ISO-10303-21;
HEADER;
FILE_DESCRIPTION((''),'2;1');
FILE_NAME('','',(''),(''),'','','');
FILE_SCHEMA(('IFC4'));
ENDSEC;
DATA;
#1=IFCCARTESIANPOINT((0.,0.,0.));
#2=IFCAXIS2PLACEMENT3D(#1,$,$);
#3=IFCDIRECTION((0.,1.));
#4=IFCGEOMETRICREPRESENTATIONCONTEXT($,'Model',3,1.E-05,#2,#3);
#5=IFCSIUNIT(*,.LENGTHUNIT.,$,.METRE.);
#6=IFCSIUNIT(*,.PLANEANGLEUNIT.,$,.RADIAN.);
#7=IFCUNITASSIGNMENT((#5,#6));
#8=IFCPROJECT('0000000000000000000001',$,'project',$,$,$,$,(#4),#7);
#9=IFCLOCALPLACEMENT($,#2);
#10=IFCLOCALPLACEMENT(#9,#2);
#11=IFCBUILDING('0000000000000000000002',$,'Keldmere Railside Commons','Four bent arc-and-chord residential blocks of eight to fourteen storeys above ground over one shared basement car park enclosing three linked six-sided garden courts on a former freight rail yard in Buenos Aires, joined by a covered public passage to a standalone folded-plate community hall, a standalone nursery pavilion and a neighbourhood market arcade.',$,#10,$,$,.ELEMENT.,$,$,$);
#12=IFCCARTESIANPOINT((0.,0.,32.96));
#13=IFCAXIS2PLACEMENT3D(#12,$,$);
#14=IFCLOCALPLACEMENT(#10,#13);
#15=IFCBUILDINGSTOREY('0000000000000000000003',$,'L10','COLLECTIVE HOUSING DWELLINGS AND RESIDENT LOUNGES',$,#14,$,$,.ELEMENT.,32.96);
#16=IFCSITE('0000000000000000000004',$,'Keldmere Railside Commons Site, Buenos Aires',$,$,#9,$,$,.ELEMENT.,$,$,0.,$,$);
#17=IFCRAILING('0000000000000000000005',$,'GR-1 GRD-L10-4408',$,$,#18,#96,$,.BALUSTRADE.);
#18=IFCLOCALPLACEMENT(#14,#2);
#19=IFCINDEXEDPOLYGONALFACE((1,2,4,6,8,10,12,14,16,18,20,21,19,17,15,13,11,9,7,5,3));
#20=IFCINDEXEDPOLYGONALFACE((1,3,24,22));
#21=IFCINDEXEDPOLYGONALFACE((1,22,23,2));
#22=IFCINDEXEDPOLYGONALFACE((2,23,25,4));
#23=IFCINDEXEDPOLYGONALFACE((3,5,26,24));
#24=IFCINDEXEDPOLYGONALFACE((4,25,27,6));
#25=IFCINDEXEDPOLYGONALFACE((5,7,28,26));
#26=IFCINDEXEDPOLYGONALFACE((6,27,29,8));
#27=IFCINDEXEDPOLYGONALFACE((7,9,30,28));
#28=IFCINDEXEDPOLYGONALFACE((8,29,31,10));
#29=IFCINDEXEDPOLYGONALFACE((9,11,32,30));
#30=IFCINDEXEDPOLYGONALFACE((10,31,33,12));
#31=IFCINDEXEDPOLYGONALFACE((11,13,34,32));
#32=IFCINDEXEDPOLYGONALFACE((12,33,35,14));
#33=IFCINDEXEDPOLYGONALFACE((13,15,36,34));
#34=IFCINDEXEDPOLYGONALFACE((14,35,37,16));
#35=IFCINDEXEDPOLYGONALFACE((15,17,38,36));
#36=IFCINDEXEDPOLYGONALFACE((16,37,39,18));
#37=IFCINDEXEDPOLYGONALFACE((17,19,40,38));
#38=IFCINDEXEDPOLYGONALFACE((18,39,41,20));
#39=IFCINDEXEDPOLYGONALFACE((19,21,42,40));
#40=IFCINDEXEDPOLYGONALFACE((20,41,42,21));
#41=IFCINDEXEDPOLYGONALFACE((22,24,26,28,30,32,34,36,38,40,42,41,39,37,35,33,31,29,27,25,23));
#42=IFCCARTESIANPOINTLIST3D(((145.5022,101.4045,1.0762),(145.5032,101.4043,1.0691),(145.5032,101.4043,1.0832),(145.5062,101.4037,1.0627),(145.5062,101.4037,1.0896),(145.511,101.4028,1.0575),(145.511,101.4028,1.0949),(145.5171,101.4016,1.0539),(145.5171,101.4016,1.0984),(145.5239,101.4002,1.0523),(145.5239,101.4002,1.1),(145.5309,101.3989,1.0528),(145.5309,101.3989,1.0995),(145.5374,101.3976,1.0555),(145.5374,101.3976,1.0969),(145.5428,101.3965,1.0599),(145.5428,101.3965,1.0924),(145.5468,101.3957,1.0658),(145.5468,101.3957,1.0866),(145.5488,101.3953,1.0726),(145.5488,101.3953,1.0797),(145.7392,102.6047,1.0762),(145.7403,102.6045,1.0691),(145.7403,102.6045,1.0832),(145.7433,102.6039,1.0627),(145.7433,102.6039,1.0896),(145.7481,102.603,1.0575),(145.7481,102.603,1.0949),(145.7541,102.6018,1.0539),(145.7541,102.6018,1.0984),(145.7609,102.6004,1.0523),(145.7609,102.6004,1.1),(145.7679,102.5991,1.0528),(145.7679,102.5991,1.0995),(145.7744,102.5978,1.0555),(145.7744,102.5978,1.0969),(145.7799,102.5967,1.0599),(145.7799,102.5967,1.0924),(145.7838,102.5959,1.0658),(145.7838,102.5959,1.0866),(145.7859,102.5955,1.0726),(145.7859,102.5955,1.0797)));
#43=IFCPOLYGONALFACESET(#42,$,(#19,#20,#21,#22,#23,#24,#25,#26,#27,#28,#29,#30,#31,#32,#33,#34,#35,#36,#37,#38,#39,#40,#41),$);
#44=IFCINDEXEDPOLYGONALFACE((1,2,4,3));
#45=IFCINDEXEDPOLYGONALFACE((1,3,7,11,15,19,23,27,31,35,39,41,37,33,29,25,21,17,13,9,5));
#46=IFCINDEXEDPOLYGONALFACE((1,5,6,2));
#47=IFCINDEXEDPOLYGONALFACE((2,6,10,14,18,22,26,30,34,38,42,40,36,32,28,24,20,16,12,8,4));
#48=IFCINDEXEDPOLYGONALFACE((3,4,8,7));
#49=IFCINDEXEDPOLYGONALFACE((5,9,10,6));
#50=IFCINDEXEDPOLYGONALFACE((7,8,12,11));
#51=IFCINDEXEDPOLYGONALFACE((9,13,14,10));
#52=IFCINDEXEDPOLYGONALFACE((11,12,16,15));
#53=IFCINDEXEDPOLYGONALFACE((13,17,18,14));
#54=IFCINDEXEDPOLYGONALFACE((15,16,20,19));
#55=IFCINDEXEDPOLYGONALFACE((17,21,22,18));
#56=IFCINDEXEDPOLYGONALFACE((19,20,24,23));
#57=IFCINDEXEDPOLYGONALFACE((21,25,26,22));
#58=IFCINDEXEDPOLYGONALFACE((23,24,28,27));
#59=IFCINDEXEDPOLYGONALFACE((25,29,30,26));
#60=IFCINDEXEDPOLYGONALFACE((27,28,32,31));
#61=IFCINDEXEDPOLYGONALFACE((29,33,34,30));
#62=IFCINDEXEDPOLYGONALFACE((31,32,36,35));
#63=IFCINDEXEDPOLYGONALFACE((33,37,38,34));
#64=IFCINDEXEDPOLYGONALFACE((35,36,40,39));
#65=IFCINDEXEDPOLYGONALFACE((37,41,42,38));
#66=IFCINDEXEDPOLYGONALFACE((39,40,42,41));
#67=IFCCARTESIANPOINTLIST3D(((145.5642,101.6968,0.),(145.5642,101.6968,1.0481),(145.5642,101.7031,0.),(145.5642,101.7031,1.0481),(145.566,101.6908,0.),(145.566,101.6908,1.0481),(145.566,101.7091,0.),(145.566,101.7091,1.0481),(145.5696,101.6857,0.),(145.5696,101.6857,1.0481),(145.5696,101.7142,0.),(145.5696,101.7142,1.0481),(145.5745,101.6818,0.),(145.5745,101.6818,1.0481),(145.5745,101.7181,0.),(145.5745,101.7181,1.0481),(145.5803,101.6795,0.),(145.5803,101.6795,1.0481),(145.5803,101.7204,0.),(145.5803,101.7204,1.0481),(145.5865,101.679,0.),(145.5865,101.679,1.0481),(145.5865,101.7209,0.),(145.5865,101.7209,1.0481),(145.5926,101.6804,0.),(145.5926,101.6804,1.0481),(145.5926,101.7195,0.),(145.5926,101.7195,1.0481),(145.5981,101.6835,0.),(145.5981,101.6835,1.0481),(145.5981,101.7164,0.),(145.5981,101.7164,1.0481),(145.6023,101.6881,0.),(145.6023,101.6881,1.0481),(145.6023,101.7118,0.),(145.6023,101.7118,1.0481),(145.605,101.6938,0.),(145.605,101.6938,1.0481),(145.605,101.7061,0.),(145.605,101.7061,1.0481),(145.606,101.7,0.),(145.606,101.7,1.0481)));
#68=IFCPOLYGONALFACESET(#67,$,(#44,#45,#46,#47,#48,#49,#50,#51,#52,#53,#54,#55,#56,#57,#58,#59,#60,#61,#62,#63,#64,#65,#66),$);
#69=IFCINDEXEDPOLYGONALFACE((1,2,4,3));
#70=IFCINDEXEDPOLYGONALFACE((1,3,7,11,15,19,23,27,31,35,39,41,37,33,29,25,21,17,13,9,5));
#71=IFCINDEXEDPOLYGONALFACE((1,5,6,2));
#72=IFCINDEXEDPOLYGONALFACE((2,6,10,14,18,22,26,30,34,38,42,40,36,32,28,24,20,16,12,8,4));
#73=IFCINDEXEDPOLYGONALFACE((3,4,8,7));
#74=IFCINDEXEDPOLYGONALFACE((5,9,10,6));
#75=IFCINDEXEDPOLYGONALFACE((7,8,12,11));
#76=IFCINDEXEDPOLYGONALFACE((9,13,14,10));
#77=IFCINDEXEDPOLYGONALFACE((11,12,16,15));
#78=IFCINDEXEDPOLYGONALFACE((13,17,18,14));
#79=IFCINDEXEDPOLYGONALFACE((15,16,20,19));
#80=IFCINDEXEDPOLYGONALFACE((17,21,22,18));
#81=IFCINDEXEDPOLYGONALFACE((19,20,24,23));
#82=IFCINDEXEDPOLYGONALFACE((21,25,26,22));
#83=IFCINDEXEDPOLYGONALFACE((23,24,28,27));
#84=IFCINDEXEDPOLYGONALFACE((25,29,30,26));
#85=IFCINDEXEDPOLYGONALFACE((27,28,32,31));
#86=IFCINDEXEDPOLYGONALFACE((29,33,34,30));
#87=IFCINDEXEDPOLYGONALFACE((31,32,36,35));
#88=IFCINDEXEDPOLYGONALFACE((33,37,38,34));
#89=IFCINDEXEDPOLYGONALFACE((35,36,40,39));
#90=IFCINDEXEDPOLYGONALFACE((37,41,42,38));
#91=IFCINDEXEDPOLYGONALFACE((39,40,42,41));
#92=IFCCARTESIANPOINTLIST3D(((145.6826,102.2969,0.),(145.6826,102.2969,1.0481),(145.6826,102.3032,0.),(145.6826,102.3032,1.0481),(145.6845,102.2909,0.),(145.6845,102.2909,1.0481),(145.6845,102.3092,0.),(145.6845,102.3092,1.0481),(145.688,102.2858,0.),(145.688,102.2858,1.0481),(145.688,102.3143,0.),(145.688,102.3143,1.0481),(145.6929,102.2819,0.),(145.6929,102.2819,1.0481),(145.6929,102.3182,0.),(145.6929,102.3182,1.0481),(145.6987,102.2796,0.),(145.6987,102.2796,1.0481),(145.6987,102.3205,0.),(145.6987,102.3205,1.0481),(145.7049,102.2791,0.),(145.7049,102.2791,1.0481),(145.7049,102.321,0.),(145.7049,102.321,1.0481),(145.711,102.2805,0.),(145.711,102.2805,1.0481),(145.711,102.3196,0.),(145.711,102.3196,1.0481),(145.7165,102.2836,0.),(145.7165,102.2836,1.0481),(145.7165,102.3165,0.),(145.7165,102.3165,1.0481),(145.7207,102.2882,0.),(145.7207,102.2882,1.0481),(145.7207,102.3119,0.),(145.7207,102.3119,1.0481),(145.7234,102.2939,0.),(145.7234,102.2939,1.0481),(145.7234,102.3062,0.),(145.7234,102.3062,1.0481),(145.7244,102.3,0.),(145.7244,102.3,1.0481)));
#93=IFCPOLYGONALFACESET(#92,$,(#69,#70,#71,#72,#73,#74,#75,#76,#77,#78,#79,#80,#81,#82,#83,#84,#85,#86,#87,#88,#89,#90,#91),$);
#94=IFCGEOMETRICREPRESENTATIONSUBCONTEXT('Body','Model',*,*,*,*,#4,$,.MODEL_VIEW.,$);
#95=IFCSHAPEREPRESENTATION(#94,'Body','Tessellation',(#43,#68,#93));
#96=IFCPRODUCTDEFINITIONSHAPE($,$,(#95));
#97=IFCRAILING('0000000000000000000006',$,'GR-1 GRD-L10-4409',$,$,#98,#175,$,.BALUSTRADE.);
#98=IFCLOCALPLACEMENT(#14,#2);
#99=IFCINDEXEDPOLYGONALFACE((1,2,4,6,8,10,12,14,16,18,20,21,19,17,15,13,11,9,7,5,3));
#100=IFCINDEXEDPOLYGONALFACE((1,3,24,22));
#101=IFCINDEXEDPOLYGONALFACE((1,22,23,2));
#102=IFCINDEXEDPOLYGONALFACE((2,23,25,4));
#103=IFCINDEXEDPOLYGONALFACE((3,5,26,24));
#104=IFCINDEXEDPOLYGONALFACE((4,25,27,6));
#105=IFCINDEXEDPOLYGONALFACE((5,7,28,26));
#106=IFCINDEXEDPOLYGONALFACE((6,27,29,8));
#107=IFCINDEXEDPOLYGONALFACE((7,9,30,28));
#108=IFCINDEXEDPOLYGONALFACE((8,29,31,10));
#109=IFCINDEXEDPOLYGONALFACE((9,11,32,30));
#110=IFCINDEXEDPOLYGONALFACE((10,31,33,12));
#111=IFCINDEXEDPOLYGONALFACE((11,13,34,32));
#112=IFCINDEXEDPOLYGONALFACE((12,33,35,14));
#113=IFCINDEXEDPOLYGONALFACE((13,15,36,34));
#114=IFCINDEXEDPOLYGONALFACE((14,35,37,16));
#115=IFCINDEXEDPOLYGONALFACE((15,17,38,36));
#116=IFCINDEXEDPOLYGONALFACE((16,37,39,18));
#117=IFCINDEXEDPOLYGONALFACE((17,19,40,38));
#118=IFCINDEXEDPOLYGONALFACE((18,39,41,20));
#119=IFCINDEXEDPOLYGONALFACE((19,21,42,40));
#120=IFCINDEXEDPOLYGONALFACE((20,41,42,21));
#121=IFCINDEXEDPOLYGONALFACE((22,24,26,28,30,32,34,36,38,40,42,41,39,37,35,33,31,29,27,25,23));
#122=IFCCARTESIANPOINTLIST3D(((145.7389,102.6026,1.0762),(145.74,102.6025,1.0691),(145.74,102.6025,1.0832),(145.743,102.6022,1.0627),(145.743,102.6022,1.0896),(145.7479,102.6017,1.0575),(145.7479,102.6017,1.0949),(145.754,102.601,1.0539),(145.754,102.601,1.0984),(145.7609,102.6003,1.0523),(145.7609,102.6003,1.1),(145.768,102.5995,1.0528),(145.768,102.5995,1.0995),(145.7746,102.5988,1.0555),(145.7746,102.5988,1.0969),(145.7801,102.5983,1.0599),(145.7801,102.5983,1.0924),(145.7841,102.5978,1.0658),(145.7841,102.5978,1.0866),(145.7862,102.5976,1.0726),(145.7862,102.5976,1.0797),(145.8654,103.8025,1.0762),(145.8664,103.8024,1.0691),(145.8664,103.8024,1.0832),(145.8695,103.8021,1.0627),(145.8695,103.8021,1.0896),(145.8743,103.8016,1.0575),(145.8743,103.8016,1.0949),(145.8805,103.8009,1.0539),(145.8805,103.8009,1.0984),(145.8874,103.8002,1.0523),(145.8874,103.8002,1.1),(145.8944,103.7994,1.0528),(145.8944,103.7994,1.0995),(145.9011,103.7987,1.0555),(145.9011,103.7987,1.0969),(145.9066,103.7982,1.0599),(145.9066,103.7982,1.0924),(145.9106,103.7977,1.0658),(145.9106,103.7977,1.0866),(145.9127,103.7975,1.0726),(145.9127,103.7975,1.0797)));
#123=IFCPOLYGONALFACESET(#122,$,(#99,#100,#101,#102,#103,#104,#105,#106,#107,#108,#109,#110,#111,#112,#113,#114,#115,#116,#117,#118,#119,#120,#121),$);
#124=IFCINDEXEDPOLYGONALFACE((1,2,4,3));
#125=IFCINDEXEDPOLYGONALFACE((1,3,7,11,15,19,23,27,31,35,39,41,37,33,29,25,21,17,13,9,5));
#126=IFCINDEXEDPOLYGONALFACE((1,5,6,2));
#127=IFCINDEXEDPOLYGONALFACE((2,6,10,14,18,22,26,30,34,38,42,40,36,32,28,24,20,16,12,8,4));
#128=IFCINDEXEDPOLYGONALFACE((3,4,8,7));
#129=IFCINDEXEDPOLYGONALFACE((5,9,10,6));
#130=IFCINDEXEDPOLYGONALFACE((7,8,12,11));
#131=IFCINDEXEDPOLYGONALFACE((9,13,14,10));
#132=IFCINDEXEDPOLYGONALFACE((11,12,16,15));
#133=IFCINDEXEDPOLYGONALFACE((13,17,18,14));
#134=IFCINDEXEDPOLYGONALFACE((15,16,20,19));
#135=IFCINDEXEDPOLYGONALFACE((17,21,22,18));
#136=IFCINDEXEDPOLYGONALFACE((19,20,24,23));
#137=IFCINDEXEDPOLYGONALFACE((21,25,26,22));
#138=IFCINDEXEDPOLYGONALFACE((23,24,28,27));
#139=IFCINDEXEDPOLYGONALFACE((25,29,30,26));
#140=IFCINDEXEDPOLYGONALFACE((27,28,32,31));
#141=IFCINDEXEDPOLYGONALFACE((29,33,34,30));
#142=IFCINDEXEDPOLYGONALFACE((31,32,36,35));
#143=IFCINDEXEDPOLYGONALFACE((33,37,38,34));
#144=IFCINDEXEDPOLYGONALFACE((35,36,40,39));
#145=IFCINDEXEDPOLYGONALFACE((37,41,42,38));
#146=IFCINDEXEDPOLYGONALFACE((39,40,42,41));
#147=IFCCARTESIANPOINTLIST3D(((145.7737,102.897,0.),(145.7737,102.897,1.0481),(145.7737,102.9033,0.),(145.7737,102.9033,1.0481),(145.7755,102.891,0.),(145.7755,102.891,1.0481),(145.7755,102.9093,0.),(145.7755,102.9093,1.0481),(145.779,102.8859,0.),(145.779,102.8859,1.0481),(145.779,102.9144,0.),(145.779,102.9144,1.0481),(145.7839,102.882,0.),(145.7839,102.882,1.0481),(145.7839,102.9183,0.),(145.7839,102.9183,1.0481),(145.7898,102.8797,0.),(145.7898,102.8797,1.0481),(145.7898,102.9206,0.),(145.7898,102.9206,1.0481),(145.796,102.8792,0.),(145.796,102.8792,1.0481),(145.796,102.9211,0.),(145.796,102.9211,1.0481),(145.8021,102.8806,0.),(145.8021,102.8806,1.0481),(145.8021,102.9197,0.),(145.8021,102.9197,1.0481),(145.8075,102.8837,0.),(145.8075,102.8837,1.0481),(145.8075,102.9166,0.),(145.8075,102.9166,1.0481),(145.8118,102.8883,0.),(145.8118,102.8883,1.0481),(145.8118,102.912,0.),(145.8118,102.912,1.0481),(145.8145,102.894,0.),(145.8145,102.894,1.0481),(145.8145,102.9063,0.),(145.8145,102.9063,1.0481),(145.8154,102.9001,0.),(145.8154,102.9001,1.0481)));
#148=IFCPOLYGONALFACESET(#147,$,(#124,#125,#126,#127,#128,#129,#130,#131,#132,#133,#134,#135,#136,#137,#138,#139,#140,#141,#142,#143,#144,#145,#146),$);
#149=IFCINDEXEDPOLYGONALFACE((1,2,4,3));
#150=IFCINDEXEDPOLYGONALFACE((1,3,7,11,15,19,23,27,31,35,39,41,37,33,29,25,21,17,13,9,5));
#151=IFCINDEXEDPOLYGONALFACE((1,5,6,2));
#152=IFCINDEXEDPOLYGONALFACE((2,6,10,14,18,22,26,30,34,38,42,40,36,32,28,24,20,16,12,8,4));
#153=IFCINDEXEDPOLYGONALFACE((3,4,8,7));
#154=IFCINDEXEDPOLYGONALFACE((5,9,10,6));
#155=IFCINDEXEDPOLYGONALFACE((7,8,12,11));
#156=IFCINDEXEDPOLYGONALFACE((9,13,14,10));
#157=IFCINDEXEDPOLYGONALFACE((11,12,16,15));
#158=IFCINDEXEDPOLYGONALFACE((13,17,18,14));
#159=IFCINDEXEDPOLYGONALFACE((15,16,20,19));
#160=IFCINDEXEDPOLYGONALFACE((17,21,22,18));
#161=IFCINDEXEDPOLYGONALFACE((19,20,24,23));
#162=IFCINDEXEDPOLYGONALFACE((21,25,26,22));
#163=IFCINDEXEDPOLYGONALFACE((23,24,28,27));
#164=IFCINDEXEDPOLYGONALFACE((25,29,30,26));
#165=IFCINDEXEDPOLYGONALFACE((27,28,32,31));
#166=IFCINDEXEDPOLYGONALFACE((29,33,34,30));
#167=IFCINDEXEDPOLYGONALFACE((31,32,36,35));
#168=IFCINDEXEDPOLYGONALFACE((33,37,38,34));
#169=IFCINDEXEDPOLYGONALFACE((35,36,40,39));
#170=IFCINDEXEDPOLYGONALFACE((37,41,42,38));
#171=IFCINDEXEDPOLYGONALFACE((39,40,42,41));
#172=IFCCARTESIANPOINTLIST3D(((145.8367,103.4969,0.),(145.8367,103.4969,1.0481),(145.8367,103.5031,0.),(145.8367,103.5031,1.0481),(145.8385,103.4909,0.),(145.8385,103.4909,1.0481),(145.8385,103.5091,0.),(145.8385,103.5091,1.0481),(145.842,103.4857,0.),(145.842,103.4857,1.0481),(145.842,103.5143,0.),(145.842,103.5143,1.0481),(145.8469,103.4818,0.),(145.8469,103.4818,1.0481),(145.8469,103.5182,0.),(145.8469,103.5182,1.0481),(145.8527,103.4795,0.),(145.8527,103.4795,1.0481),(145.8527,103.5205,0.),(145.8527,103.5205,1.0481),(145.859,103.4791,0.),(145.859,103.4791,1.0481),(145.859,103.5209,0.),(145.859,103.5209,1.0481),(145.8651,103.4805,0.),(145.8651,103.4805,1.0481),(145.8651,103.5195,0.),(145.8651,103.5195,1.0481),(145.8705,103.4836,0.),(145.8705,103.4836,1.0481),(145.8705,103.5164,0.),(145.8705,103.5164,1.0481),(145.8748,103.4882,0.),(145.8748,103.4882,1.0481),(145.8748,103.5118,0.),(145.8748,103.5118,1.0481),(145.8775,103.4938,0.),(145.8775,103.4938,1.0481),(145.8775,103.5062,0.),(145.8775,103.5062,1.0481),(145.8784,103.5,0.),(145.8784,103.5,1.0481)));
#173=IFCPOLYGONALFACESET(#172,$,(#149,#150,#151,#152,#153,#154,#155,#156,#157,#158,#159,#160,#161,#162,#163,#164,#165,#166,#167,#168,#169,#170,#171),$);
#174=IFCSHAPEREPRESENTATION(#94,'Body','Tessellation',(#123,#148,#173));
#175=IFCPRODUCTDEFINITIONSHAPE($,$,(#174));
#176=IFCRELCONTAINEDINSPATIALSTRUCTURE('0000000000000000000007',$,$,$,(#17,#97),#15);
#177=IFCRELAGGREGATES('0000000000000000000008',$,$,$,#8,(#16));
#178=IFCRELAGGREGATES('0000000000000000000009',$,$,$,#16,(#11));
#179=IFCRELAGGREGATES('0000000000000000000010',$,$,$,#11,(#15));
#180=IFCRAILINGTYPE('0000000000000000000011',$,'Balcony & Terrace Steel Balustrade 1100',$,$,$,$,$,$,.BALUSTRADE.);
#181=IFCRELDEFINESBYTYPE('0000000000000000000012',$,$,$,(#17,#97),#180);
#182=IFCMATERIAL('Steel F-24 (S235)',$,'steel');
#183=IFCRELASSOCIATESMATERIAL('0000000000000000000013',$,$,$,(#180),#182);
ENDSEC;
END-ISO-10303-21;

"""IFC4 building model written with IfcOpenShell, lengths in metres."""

from ifc_helpers import new_model, si_unit, direction, frame, origin, origin_2d, place, context, subcontext, project, spatial, circle, extrude, material, type_object, element, save


model = new_model("IFC4")

# Units and contexts
model_context = context("Model", 3, precision=1e-05, world=origin(), true_north=direction((0.0, 1.0)))
body_context = subcontext(model_context, "Body", "Model", "MODEL_VIEW")
ifc_project = project(units=[si_unit("LENGTHUNIT", "METRE"), si_unit("PLANEANGLEUNIT", "RADIAN")], contexts=[model_context])

# Site, building, storey
site_placement = place(None, origin())
site = spatial("IfcSite", under=ifc_project, at=site_placement, Name="Keldmere Railside Commons Site, Buenos Aires", CompositionType="ELEMENT", RefElevation=0.0)
building_placement = place(site_placement, origin())
building = spatial("IfcBuilding", under=site, at=building_placement, Name="Keldmere Railside Commons", Description="Four bent arc-and-chord residential blocks of eight to fourteen storeys above ground over one shared basement car park enclosing three linked six-sided garden courts on a former freight rail yard in Buenos Aires, joined by a covered public passage to a standalone folded-plate community hall, a standalone nursery pavilion and a neighbourhood market arcade.", CompositionType="ELEMENT")
storey_placement = place(building_placement, frame((0.0, 0.0, 32.96)))
storey = spatial("IfcBuildingStorey", under=building, at=storey_placement, Name="L10", Description="COLLECTIVE HOUSING DWELLINGS AND RESIDENT LOUNGES", CompositionType="ELEMENT", Elevation=32.96)

# Shared definitions
ifc_material_1 = material(Name="Steel F-24 (S235)", Category="steel")

# Railings
railing_type_1 = type_object("IfcRailingType", Name="Balcony & Terrace Steel Balustrade 1100", PredefinedType="BALUSTRADE", material=ifc_material_1)
railing_1_placement = place(storey_placement, frame((145.5256, 101.3999, 0.0)))
element("IfcRailing", 1, at=railing_1_placement, inside=storey, type_object=railing_type_1, Name="GR-1 GRD-L10-4408", PredefinedType="BALUSTRADE", context=body_context, shape_type="SweptSolid", body=[
    extrude(circle(Radius=0.0239, at=origin_2d()), frame((0.0, 0.0, 1.0762), z_axis=(0.193775, 0.981046, 0.0), x_axis=(-0.981046, 0.193775, 0.0)), (0.0, 0.0, 1.0), 1.2234),
    extrude(circle(Radius=0.021, at=origin_2d()), frame((0.0593, 0.3, 0.0)), (0.0, 0.0, 1.0), 1.0481),
    extrude(circle(Radius=0.021, at=origin_2d()), frame((0.1777, 0.9001, 0.0)), (0.0, 0.0, 1.0), 1.0481),
])
railing_2_placement = place(storey_placement, frame((145.7627, 102.6001, 0.0)))
element("IfcRailing", 2, at=railing_2_placement, inside=storey, type_object=railing_type_1, Name="GR-1 GRD-L10-4409", PredefinedType="BALUSTRADE", context=body_context, shape_type="SweptSolid", body=[
    extrude(circle(Radius=0.0239, at=origin_2d()), frame((0.0, 0.0, 1.0762), z_axis=(0.104811, 0.994492, 0.0), x_axis=(-0.994492, 0.104811, 0.0)), (0.0, 0.0, 1.0), 1.2065),
    extrude(circle(Radius=0.021, at=origin_2d()), frame((0.0317, 0.3, 0.0)), (0.0, 0.0, 1.0), 1.0481),
    extrude(circle(Radius=0.021, at=origin_2d()), frame((0.0947, 0.8999, 0.0)), (0.0, 0.0, 1.0), 1.0481),
])

save(model, "model.ifc")
